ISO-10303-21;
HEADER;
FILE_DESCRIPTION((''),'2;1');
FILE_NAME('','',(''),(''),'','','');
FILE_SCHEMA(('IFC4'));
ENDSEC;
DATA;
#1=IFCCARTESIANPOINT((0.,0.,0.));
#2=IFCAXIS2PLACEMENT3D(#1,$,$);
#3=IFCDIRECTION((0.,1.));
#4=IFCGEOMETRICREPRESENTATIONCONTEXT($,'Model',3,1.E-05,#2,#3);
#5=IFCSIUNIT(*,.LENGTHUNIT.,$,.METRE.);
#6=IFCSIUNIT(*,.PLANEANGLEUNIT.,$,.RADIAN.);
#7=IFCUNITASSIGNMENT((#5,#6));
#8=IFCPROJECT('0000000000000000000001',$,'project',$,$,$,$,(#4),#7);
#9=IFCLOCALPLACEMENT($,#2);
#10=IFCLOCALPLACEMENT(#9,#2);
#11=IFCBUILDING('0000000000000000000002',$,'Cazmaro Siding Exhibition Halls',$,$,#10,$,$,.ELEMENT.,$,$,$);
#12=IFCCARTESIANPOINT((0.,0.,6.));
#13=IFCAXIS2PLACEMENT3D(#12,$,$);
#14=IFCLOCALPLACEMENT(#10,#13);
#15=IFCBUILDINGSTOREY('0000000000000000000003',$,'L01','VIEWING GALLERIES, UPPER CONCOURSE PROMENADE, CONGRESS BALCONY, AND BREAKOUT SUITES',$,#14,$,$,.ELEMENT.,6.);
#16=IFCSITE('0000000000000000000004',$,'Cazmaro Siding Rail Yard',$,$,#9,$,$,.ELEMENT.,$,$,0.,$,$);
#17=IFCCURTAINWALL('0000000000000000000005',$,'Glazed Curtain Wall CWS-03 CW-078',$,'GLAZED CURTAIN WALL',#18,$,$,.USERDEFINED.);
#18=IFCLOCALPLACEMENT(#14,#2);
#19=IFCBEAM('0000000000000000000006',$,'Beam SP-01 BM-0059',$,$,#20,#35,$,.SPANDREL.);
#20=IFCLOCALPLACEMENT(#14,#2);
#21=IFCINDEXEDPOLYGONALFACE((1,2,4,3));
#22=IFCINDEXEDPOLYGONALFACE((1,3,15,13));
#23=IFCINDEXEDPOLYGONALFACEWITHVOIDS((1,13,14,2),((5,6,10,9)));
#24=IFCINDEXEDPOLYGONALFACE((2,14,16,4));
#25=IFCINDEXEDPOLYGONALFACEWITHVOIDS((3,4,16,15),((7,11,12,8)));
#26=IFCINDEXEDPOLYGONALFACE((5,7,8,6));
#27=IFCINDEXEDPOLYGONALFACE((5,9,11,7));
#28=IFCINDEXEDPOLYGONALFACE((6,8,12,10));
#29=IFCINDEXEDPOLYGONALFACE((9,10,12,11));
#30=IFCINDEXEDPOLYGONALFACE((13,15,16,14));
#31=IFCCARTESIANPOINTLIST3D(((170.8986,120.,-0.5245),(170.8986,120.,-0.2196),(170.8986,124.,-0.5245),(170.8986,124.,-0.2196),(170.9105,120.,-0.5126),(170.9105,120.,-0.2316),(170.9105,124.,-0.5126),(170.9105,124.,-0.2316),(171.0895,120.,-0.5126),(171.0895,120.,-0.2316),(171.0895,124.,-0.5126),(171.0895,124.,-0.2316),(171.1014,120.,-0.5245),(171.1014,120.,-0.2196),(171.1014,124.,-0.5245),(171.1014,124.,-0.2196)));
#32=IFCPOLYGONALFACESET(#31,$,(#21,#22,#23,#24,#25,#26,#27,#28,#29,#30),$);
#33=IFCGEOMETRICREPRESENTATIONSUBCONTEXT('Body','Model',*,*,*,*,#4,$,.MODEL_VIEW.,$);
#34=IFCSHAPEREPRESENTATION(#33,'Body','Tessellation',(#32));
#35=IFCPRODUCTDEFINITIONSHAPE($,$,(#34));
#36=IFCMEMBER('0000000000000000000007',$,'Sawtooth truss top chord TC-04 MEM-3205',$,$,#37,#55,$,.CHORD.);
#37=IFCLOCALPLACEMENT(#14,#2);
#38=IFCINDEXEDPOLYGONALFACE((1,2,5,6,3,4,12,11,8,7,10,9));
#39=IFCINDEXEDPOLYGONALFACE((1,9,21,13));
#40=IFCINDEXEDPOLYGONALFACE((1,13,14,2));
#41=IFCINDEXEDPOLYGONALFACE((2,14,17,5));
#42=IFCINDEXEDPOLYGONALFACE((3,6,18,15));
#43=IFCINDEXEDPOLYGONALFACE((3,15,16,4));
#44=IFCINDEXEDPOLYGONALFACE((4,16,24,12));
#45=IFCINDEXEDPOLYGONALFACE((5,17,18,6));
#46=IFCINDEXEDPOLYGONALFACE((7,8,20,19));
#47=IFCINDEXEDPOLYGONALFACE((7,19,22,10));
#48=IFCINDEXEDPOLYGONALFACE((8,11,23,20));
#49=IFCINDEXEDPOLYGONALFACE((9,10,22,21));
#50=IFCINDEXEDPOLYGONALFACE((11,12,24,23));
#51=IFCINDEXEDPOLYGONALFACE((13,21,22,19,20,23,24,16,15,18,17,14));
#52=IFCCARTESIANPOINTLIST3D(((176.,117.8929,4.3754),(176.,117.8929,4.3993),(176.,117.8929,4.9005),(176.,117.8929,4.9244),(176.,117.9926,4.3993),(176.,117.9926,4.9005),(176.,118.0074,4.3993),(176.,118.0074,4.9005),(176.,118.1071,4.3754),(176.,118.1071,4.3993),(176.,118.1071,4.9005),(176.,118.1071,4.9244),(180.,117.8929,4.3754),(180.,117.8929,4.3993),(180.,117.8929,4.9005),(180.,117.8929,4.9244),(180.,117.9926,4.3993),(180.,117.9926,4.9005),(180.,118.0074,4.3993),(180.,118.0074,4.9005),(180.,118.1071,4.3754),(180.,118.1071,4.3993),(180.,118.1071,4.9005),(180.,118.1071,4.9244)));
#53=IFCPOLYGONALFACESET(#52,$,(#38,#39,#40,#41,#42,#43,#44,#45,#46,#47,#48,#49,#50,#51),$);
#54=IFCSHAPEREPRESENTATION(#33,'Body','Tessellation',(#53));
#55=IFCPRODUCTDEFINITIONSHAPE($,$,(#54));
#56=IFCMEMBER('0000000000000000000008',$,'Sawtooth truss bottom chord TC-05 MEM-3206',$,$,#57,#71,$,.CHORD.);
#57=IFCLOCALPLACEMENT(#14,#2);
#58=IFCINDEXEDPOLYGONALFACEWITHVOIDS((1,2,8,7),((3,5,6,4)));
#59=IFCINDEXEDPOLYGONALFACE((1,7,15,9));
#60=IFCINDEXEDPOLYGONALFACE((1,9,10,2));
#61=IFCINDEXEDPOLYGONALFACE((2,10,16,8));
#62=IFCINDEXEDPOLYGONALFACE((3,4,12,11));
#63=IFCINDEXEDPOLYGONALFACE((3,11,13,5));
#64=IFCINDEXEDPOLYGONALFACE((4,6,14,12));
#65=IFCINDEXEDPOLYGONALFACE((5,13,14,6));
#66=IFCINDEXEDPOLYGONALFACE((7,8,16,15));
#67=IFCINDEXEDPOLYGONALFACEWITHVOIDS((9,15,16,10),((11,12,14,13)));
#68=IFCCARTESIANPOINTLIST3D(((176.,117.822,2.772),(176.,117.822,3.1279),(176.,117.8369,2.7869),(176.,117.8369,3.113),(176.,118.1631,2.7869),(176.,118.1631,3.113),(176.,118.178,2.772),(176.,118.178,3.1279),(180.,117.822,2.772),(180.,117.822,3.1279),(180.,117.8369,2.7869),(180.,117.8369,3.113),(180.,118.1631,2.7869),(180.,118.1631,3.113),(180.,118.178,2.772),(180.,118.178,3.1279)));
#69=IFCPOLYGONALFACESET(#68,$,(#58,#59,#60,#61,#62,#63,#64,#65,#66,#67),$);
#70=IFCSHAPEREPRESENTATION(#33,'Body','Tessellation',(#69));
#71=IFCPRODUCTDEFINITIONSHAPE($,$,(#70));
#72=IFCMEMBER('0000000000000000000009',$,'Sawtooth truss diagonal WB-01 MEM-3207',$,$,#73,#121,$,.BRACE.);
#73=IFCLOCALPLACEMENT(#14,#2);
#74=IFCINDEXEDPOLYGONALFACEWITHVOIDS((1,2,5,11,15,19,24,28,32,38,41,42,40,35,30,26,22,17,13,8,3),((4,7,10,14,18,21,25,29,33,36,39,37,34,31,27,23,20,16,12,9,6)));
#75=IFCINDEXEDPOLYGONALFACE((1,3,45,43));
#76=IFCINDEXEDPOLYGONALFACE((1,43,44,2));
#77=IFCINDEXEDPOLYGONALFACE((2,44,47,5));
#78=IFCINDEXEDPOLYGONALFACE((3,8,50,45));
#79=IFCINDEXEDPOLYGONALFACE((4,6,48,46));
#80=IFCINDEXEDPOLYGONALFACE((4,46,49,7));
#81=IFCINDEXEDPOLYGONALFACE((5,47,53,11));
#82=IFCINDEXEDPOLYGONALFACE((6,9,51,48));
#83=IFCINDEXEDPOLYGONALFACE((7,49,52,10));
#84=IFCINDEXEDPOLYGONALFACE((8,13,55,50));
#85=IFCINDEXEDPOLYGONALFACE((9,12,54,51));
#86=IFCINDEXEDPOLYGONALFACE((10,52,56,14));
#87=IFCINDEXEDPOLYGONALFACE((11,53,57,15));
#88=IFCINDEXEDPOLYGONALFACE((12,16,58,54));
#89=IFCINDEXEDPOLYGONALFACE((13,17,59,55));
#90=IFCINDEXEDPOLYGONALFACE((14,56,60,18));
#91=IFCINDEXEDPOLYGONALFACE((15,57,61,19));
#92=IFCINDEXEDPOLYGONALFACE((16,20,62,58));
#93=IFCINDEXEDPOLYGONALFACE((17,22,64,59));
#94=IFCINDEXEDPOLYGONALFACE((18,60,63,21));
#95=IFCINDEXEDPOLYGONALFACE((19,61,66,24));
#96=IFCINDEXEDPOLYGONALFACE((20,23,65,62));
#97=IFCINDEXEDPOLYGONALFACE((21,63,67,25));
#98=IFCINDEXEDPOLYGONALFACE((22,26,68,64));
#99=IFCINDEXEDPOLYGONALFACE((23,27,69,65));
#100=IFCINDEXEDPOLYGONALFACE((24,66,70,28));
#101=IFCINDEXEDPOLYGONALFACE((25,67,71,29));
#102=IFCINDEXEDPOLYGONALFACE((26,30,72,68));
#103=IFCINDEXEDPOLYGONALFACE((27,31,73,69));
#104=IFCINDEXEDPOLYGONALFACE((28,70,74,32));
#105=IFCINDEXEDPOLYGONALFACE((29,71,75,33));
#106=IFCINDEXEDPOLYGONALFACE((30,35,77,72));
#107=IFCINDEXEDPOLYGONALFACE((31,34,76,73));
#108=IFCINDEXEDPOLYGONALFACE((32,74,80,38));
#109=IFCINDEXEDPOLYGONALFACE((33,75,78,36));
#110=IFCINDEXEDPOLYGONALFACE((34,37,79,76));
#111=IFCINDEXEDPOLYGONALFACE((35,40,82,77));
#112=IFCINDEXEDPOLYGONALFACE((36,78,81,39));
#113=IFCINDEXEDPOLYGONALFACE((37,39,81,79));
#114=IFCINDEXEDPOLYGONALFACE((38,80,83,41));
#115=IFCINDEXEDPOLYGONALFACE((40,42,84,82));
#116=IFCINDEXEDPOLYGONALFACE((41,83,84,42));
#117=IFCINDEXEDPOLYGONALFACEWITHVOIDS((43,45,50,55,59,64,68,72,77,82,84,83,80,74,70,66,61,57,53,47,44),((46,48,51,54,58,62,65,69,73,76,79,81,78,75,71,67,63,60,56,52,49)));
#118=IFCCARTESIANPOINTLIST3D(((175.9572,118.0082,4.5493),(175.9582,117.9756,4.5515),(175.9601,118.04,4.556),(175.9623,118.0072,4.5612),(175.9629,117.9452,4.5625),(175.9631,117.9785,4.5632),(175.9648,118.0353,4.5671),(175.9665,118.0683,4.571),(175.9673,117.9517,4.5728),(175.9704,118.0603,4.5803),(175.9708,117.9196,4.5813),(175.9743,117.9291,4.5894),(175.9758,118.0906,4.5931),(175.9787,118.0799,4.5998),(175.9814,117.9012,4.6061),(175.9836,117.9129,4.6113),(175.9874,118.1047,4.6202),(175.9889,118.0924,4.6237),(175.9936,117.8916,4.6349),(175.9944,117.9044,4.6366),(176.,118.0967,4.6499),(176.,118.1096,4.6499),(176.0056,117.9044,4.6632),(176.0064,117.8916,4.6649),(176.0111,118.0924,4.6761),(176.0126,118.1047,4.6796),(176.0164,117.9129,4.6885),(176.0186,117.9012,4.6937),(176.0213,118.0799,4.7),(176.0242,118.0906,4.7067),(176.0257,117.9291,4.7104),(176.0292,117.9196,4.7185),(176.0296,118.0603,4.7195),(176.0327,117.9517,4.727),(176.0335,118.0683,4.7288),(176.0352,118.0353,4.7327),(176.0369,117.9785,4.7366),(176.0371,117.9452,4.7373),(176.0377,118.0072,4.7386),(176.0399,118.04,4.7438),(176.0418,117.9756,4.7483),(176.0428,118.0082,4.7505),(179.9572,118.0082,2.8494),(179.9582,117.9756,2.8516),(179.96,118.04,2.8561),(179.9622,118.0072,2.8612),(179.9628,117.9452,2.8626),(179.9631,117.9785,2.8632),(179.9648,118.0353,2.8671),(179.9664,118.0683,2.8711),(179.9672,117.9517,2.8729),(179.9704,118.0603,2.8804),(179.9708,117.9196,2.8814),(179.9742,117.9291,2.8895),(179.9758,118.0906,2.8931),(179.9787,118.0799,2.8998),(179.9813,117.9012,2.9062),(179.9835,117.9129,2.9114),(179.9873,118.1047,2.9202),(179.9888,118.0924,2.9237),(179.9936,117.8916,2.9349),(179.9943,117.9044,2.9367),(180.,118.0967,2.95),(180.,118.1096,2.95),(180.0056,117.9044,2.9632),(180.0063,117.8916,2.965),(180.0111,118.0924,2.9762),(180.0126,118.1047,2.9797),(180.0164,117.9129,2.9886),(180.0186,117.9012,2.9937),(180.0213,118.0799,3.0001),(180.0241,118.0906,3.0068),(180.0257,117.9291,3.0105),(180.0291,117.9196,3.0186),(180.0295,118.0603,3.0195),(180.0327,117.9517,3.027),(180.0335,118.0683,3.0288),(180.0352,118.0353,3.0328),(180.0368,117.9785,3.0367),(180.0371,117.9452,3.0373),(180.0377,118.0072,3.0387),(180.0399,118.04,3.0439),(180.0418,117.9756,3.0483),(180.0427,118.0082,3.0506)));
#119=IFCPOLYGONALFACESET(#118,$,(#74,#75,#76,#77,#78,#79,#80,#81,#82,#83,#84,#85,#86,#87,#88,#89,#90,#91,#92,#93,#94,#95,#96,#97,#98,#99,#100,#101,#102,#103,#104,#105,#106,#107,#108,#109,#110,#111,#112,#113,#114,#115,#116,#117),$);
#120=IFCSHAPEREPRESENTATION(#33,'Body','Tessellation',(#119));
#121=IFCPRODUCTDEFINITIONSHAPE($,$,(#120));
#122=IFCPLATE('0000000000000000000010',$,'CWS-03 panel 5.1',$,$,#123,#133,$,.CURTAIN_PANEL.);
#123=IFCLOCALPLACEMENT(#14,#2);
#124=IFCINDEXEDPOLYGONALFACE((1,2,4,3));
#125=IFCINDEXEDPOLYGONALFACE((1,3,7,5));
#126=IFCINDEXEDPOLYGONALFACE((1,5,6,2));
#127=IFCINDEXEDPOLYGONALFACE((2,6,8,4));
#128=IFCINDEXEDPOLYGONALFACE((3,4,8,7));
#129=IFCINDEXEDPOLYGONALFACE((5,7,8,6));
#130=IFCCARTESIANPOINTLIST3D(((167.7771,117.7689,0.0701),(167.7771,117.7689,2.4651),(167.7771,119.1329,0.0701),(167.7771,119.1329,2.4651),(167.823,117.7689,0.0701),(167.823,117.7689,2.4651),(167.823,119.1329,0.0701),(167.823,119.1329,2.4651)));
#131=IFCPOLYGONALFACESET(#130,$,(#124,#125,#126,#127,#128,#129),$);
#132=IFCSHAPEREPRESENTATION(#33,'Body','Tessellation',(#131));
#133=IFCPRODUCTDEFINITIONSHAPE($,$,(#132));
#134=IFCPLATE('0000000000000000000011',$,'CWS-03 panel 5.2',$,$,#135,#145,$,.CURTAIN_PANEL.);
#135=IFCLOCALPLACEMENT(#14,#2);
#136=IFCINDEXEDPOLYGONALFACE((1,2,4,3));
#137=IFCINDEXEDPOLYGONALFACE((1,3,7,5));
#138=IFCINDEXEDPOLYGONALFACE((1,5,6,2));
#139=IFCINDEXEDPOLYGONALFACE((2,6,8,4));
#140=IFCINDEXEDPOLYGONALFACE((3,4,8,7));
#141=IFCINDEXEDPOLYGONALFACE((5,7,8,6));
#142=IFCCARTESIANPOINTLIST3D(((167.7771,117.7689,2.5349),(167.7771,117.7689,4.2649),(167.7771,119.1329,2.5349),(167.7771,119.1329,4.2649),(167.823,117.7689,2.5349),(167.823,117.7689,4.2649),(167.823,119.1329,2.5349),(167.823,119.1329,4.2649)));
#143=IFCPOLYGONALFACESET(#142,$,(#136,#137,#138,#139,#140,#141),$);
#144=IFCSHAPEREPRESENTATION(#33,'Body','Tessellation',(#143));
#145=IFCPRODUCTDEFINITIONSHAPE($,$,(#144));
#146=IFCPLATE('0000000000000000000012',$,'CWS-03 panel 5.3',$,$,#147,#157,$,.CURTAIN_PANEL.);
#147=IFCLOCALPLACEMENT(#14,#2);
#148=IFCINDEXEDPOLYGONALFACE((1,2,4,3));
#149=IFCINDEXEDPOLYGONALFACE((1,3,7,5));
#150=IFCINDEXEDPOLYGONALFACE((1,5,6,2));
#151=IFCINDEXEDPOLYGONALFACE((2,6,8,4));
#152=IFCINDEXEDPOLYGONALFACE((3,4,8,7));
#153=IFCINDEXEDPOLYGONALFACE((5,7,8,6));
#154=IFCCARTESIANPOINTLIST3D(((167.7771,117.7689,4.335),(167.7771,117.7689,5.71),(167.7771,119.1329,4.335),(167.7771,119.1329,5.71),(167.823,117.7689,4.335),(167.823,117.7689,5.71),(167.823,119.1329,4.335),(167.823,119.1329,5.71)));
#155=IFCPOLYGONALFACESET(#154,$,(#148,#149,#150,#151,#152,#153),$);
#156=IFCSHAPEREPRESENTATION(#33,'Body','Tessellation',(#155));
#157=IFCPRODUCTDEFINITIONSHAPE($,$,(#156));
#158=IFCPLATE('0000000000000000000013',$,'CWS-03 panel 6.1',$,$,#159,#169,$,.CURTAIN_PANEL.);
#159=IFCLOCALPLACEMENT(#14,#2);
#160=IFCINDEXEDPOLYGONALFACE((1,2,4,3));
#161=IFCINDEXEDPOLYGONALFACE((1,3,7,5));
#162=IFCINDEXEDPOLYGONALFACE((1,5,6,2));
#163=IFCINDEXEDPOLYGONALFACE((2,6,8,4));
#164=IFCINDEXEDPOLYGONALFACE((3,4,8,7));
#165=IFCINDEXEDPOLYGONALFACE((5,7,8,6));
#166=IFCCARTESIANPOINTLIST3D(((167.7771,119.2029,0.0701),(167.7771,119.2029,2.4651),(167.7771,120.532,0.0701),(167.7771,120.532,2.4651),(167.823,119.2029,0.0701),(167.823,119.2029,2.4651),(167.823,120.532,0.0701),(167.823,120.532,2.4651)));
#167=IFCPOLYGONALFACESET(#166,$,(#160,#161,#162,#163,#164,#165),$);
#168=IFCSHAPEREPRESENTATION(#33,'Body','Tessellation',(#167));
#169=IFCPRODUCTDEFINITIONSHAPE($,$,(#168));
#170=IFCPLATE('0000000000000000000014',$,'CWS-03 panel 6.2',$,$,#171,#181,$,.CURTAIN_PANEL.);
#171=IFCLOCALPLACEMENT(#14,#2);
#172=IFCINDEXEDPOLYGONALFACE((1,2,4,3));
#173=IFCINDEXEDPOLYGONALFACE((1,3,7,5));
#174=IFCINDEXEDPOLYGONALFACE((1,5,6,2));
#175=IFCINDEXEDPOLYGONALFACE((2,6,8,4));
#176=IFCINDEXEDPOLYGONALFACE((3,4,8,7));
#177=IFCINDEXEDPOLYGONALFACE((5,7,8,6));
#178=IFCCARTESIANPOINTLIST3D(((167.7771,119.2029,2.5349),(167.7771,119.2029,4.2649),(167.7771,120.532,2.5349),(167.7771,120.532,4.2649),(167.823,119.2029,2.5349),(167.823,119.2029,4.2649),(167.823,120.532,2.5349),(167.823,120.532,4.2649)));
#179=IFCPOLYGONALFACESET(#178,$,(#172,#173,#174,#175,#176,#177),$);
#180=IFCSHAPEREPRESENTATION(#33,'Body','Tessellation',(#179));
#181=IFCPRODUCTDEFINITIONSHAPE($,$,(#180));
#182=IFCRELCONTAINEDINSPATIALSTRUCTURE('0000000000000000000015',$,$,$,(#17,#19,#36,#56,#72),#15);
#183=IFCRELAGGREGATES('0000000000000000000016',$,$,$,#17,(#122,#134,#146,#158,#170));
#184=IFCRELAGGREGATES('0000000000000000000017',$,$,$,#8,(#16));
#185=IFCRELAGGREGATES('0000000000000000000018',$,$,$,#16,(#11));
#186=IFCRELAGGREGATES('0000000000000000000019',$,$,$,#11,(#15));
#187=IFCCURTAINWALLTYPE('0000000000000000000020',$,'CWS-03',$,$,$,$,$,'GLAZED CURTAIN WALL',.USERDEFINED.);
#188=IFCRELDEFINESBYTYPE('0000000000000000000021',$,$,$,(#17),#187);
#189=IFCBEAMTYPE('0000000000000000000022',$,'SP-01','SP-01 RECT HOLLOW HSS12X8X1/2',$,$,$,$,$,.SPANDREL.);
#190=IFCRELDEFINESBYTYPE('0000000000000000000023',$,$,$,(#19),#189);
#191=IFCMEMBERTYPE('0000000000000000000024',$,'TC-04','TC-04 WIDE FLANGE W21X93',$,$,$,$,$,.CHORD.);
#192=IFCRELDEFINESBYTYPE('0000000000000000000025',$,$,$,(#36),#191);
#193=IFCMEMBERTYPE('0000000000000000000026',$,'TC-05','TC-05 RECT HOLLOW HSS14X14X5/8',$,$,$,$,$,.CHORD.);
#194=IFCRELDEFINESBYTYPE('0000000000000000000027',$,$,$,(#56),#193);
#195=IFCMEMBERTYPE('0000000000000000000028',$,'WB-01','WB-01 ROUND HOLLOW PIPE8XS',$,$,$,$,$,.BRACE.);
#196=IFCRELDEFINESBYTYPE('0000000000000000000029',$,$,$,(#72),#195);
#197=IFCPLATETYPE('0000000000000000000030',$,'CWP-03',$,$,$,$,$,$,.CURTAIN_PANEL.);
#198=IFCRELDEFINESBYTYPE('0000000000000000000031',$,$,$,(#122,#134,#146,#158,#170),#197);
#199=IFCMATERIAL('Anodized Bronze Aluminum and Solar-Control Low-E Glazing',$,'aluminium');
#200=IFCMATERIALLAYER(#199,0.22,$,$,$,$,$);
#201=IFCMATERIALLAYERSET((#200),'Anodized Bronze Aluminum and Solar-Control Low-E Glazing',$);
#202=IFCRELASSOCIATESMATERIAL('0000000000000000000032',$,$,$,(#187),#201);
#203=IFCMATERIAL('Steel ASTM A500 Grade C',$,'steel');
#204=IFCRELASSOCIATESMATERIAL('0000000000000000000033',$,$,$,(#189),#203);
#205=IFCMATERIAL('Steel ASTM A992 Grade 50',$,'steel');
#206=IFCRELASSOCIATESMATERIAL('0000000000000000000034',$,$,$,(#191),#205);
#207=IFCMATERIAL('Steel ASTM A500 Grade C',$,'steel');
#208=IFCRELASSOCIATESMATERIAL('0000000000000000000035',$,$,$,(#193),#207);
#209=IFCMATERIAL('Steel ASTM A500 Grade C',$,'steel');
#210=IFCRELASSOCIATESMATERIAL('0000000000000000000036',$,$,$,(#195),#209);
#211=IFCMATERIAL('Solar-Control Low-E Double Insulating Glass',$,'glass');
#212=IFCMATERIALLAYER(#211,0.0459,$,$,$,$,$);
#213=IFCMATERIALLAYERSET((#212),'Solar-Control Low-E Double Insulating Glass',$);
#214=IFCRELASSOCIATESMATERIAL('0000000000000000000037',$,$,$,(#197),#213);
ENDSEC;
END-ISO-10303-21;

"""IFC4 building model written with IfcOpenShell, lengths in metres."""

from ifc_helpers import new_model, si_unit, direction, frame, origin, origin_2d, place, context, subcontext, project, spatial, rectangle, hollow_rectangle, hollow_circle, i_section, extrude, material, layer, layer_set, material_profile, profile_set, type_object, element, aggregate, save


model = new_model("IFC4")

# Units and contexts
model_context = context("Model", 3, precision=1e-05, world=origin(), true_north=direction((0.0, 1.0)))
body_context = subcontext(model_context, "Body", "Model", "MODEL_VIEW")
ifc_project = project(units=[si_unit("LENGTHUNIT", "METRE"), si_unit("PLANEANGLEUNIT", "RADIAN")], contexts=[model_context])

# Site, building, storey
site_placement = place(None, origin())
site = spatial("IfcSite", under=ifc_project, at=site_placement, Name="Cazmaro Siding Rail Yard", CompositionType="ELEMENT", RefElevation=0.0)
building_placement = place(site_placement, origin())
building = spatial("IfcBuilding", under=site, at=building_placement, Name="Cazmaro Siding Exhibition Halls", CompositionType="ELEMENT")
storey_placement = place(building_placement, frame((0.0, 0.0, 6.0)))
storey = spatial("IfcBuildingStorey", under=building, at=storey_placement, Name="L01", Description="VIEWING GALLERIES, UPPER CONCOURSE PROMENADE, CONGRESS BALCONY, AND BREAKOUT SUITES", CompositionType="ELEMENT", Elevation=6.0)

# Curtain wall
ifc_material_1 = material(Name="Anodized Bronze Aluminum and Solar-Control Low-E Glazing", Category="aluminium")
ifc_layer_1 = layer(ifc_material_1, 0.22)
ifc_layer_set_1 = layer_set([ifc_layer_1], Name="Anodized Bronze Aluminum and Solar-Control Low-E Glazing")
curtain_wall_type_1 = type_object("IfcCurtainWallType", Name="CWS-03", ElementType="GLAZED CURTAIN WALL", PredefinedType="USERDEFINED", material=ifc_layer_set_1)
curtain_wall_1_placement = place(storey_placement, origin())
curtain_wall_1 = element("IfcCurtainWall", 1, at=curtain_wall_1_placement, inside=storey, type_object=curtain_wall_type_1, Name="Glazed Curtain Wall CWS-03 CW-078", ObjectType="GLAZED CURTAIN WALL", PredefinedType="USERDEFINED")

# Beam
ifc_material_2 = material(Name="Steel ASTM A500 Grade C", Category="steel")
ifc_material_profile_1 = material_profile(ifc_material_2, hollow_rectangle(XDim=0.2029, YDim=0.3049, WallThickness=0.012, at=origin_2d()), Name="HSS12X8X1/2")
ifc_profile_set_1 = profile_set([ifc_material_profile_1], Name="Steel ASTM A500 Grade C")
beam_type = type_object("IfcBeamType", Name="SP-01", Description="SP-01 RECT HOLLOW HSS12X8X1/2", PredefinedType="SPANDREL", material=ifc_profile_set_1)
beam_placement = place(storey_placement, frame((171.0, 120.0, -0.3721), z_axis=(0.0, 1.0, 0.0), x_axis=(-1.0, 0.0, 0.0)))
element("IfcBeam", 2, at=beam_placement, inside=storey, type_object=beam_type, Name="Beam SP-01 BM-0059", PredefinedType="SPANDREL", context=body_context, shape_type="SweptSolid", body=[
    extrude(hollow_rectangle(XDim=0.2029, YDim=0.3049, WallThickness=0.012, at=origin_2d()), origin(), (0.0, 0.0, 1.0), 4.0),
])

# Members
ifc_material_3 = material(Name="Steel ASTM A992 Grade 50", Category="steel")
ifc_material_profile_2 = material_profile(ifc_material_3, i_section(OverallWidth=0.2141, OverallDepth=0.5491, WebThickness=0.0149, FlangeThickness=0.0239, at=origin_2d()), Name="W21X93")
ifc_profile_set_2 = profile_set([ifc_material_profile_2], Name="Steel ASTM A992 Grade 50")
member_type_1 = type_object("IfcMemberType", Name="TC-04", Description="TC-04 WIDE FLANGE W21X93", PredefinedType="CHORD", material=ifc_profile_set_2)
member_1_placement = place(storey_placement, frame((176.0, 118.0, 4.6499), z_axis=(1.0, 0.0, 0.0), x_axis=(0.0, 1.0, 0.0)))
element("IfcMember", 3, at=member_1_placement, inside=storey, type_object=member_type_1, Name="Sawtooth truss top chord TC-04 MEM-3205", PredefinedType="CHORD", context=body_context, shape_type="SweptSolid", body=[
    extrude(i_section(OverallWidth=0.2141, OverallDepth=0.5491, WebThickness=0.0149, FlangeThickness=0.0239, at=origin_2d()), origin(), (0.0, 0.0, 1.0), 4.0),
])
ifc_material_4 = material(Name="Steel ASTM A500 Grade C", Category="steel")
ifc_material_profile_3 = material_profile(ifc_material_4, hollow_rectangle(XDim=0.356, YDim=0.356, WallThickness=0.0149, at=origin_2d()), Name="HSS14X14X5/8")
ifc_profile_set_3 = profile_set([ifc_material_profile_3], Name="Steel ASTM A500 Grade C")
member_type_2 = type_object("IfcMemberType", Name="TC-05", Description="TC-05 RECT HOLLOW HSS14X14X5/8", PredefinedType="CHORD", material=ifc_profile_set_3)
member_2_placement = place(storey_placement, frame((176.0, 118.0, 2.95), z_axis=(1.0, 0.0, 0.0), x_axis=(0.0, 1.0, 0.0)))
element("IfcMember", 4, at=member_2_placement, inside=storey, type_object=member_type_2, Name="Sawtooth truss bottom chord TC-05 MEM-3206", PredefinedType="CHORD", context=body_context, shape_type="SweptSolid", body=[
    extrude(hollow_rectangle(XDim=0.356, YDim=0.356, WallThickness=0.0149, at=origin_2d()), origin(), (0.0, 0.0, 1.0), 4.0),
])
ifc_material_5 = material(Name="Steel ASTM A500 Grade C", Category="steel")
ifc_material_profile_4 = material_profile(ifc_material_5, hollow_circle(Radius=0.1096, WallThickness=0.0129, at=origin_2d()), Name="PIPE8XS")
ifc_profile_set_4 = profile_set([ifc_material_profile_4], Name="Steel ASTM A500 Grade C")
member_type_3 = type_object("IfcMemberType", Name="WB-01", Description="WB-01 ROUND HOLLOW PIPE8XS", PredefinedType="BRACE", material=ifc_profile_set_4)
member_3_placement = place(storey_placement, frame((176.0, 118.0, 4.6499), z_axis=(0.920335, 0.0, -0.391131), x_axis=(0.0, 1.0, 0.0)))
element("IfcMember", 5, at=member_3_placement, inside=storey, type_object=member_type_3, Name="Sawtooth truss diagonal WB-01 MEM-3207", PredefinedType="BRACE", context=body_context, shape_type="SweptSolid", body=[
    extrude(hollow_circle(Radius=0.1096, WallThickness=0.0129, at=origin_2d()), origin(), (0.0, 0.0, 1.0), 4.3462),
])

# Plates
ifc_material_6 = material(Name="Solar-Control Low-E Double Insulating Glass", Category="glass")
ifc_layer_2 = layer(ifc_material_6, 0.0459)
ifc_layer_set_2 = layer_set([ifc_layer_2], Name="Solar-Control Low-E Double Insulating Glass")
plate_type = type_object("IfcPlateType", Name="CWP-03", PredefinedType="CURTAIN_PANEL", material=ifc_layer_set_2)
plate_1_placement = place(storey_placement, frame((167.8, 118.4509, 0.0701), z_axis=(0.0, 0.0, 1.0), x_axis=(0.0, 1.0, 0.0)))
plate_1 = element("IfcPlate", 6, at=plate_1_placement, type_object=plate_type, Name="CWS-03 panel 5.1", PredefinedType="CURTAIN_PANEL", context=body_context, shape_type="SweptSolid", body=[
    extrude(rectangle(XDim=1.364, YDim=0.0459, at=origin_2d()), origin(), (0.0, 0.0, 1.0), 2.395),
])
plate_2_placement = place(storey_placement, frame((167.8, 118.4509, 2.5349), z_axis=(0.0, 0.0, 1.0), x_axis=(0.0, 1.0, 0.0)))
plate_2 = element("IfcPlate", 7, at=plate_2_placement, type_object=plate_type, Name="CWS-03 panel 5.2", PredefinedType="CURTAIN_PANEL", context=body_context, shape_type="SweptSolid", body=[
    extrude(rectangle(XDim=1.364, YDim=0.0459, at=origin_2d()), origin(), (0.0, 0.0, 1.0), 1.73),
])
plate_3_placement = place(storey_placement, frame((167.8, 118.4509, 4.335), z_axis=(0.0, 0.0, 1.0), x_axis=(0.0, 1.0, 0.0)))
plate_3 = element("IfcPlate", 8, at=plate_3_placement, type_object=plate_type, Name="CWS-03 panel 5.3", PredefinedType="CURTAIN_PANEL", context=body_context, shape_type="SweptSolid", body=[
    extrude(rectangle(XDim=1.364, YDim=0.0459, at=origin_2d()), origin(), (0.0, 0.0, 1.0), 1.375),
])
plate_4_placement = place(storey_placement, frame((167.8, 119.8674, 0.0701), z_axis=(0.0, 0.0, 1.0), x_axis=(0.0, 1.0, 0.0)))
plate_4 = element("IfcPlate", 9, at=plate_4_placement, type_object=plate_type, Name="CWS-03 panel 6.1", PredefinedType="CURTAIN_PANEL", context=body_context, shape_type="SweptSolid", body=[
    extrude(rectangle(XDim=1.3291, YDim=0.0459, at=origin_2d()), origin(), (0.0, 0.0, 1.0), 2.395),
])
plate_5_placement = place(storey_placement, frame((167.8, 119.8674, 2.5349), z_axis=(0.0, 0.0, 1.0), x_axis=(0.0, 1.0, 0.0)))
plate_5 = element("IfcPlate", 10, at=plate_5_placement, type_object=plate_type, Name="CWS-03 panel 6.2", PredefinedType="CURTAIN_PANEL", context=body_context, shape_type="SweptSolid", body=[
    extrude(rectangle(XDim=1.3291, YDim=0.0459, at=origin_2d()), origin(), (0.0, 0.0, 1.0), 1.73),
])
aggregate(curtain_wall_1, [plate_1, plate_2, plate_3, plate_4, plate_5])

save(model, "model.ifc")
